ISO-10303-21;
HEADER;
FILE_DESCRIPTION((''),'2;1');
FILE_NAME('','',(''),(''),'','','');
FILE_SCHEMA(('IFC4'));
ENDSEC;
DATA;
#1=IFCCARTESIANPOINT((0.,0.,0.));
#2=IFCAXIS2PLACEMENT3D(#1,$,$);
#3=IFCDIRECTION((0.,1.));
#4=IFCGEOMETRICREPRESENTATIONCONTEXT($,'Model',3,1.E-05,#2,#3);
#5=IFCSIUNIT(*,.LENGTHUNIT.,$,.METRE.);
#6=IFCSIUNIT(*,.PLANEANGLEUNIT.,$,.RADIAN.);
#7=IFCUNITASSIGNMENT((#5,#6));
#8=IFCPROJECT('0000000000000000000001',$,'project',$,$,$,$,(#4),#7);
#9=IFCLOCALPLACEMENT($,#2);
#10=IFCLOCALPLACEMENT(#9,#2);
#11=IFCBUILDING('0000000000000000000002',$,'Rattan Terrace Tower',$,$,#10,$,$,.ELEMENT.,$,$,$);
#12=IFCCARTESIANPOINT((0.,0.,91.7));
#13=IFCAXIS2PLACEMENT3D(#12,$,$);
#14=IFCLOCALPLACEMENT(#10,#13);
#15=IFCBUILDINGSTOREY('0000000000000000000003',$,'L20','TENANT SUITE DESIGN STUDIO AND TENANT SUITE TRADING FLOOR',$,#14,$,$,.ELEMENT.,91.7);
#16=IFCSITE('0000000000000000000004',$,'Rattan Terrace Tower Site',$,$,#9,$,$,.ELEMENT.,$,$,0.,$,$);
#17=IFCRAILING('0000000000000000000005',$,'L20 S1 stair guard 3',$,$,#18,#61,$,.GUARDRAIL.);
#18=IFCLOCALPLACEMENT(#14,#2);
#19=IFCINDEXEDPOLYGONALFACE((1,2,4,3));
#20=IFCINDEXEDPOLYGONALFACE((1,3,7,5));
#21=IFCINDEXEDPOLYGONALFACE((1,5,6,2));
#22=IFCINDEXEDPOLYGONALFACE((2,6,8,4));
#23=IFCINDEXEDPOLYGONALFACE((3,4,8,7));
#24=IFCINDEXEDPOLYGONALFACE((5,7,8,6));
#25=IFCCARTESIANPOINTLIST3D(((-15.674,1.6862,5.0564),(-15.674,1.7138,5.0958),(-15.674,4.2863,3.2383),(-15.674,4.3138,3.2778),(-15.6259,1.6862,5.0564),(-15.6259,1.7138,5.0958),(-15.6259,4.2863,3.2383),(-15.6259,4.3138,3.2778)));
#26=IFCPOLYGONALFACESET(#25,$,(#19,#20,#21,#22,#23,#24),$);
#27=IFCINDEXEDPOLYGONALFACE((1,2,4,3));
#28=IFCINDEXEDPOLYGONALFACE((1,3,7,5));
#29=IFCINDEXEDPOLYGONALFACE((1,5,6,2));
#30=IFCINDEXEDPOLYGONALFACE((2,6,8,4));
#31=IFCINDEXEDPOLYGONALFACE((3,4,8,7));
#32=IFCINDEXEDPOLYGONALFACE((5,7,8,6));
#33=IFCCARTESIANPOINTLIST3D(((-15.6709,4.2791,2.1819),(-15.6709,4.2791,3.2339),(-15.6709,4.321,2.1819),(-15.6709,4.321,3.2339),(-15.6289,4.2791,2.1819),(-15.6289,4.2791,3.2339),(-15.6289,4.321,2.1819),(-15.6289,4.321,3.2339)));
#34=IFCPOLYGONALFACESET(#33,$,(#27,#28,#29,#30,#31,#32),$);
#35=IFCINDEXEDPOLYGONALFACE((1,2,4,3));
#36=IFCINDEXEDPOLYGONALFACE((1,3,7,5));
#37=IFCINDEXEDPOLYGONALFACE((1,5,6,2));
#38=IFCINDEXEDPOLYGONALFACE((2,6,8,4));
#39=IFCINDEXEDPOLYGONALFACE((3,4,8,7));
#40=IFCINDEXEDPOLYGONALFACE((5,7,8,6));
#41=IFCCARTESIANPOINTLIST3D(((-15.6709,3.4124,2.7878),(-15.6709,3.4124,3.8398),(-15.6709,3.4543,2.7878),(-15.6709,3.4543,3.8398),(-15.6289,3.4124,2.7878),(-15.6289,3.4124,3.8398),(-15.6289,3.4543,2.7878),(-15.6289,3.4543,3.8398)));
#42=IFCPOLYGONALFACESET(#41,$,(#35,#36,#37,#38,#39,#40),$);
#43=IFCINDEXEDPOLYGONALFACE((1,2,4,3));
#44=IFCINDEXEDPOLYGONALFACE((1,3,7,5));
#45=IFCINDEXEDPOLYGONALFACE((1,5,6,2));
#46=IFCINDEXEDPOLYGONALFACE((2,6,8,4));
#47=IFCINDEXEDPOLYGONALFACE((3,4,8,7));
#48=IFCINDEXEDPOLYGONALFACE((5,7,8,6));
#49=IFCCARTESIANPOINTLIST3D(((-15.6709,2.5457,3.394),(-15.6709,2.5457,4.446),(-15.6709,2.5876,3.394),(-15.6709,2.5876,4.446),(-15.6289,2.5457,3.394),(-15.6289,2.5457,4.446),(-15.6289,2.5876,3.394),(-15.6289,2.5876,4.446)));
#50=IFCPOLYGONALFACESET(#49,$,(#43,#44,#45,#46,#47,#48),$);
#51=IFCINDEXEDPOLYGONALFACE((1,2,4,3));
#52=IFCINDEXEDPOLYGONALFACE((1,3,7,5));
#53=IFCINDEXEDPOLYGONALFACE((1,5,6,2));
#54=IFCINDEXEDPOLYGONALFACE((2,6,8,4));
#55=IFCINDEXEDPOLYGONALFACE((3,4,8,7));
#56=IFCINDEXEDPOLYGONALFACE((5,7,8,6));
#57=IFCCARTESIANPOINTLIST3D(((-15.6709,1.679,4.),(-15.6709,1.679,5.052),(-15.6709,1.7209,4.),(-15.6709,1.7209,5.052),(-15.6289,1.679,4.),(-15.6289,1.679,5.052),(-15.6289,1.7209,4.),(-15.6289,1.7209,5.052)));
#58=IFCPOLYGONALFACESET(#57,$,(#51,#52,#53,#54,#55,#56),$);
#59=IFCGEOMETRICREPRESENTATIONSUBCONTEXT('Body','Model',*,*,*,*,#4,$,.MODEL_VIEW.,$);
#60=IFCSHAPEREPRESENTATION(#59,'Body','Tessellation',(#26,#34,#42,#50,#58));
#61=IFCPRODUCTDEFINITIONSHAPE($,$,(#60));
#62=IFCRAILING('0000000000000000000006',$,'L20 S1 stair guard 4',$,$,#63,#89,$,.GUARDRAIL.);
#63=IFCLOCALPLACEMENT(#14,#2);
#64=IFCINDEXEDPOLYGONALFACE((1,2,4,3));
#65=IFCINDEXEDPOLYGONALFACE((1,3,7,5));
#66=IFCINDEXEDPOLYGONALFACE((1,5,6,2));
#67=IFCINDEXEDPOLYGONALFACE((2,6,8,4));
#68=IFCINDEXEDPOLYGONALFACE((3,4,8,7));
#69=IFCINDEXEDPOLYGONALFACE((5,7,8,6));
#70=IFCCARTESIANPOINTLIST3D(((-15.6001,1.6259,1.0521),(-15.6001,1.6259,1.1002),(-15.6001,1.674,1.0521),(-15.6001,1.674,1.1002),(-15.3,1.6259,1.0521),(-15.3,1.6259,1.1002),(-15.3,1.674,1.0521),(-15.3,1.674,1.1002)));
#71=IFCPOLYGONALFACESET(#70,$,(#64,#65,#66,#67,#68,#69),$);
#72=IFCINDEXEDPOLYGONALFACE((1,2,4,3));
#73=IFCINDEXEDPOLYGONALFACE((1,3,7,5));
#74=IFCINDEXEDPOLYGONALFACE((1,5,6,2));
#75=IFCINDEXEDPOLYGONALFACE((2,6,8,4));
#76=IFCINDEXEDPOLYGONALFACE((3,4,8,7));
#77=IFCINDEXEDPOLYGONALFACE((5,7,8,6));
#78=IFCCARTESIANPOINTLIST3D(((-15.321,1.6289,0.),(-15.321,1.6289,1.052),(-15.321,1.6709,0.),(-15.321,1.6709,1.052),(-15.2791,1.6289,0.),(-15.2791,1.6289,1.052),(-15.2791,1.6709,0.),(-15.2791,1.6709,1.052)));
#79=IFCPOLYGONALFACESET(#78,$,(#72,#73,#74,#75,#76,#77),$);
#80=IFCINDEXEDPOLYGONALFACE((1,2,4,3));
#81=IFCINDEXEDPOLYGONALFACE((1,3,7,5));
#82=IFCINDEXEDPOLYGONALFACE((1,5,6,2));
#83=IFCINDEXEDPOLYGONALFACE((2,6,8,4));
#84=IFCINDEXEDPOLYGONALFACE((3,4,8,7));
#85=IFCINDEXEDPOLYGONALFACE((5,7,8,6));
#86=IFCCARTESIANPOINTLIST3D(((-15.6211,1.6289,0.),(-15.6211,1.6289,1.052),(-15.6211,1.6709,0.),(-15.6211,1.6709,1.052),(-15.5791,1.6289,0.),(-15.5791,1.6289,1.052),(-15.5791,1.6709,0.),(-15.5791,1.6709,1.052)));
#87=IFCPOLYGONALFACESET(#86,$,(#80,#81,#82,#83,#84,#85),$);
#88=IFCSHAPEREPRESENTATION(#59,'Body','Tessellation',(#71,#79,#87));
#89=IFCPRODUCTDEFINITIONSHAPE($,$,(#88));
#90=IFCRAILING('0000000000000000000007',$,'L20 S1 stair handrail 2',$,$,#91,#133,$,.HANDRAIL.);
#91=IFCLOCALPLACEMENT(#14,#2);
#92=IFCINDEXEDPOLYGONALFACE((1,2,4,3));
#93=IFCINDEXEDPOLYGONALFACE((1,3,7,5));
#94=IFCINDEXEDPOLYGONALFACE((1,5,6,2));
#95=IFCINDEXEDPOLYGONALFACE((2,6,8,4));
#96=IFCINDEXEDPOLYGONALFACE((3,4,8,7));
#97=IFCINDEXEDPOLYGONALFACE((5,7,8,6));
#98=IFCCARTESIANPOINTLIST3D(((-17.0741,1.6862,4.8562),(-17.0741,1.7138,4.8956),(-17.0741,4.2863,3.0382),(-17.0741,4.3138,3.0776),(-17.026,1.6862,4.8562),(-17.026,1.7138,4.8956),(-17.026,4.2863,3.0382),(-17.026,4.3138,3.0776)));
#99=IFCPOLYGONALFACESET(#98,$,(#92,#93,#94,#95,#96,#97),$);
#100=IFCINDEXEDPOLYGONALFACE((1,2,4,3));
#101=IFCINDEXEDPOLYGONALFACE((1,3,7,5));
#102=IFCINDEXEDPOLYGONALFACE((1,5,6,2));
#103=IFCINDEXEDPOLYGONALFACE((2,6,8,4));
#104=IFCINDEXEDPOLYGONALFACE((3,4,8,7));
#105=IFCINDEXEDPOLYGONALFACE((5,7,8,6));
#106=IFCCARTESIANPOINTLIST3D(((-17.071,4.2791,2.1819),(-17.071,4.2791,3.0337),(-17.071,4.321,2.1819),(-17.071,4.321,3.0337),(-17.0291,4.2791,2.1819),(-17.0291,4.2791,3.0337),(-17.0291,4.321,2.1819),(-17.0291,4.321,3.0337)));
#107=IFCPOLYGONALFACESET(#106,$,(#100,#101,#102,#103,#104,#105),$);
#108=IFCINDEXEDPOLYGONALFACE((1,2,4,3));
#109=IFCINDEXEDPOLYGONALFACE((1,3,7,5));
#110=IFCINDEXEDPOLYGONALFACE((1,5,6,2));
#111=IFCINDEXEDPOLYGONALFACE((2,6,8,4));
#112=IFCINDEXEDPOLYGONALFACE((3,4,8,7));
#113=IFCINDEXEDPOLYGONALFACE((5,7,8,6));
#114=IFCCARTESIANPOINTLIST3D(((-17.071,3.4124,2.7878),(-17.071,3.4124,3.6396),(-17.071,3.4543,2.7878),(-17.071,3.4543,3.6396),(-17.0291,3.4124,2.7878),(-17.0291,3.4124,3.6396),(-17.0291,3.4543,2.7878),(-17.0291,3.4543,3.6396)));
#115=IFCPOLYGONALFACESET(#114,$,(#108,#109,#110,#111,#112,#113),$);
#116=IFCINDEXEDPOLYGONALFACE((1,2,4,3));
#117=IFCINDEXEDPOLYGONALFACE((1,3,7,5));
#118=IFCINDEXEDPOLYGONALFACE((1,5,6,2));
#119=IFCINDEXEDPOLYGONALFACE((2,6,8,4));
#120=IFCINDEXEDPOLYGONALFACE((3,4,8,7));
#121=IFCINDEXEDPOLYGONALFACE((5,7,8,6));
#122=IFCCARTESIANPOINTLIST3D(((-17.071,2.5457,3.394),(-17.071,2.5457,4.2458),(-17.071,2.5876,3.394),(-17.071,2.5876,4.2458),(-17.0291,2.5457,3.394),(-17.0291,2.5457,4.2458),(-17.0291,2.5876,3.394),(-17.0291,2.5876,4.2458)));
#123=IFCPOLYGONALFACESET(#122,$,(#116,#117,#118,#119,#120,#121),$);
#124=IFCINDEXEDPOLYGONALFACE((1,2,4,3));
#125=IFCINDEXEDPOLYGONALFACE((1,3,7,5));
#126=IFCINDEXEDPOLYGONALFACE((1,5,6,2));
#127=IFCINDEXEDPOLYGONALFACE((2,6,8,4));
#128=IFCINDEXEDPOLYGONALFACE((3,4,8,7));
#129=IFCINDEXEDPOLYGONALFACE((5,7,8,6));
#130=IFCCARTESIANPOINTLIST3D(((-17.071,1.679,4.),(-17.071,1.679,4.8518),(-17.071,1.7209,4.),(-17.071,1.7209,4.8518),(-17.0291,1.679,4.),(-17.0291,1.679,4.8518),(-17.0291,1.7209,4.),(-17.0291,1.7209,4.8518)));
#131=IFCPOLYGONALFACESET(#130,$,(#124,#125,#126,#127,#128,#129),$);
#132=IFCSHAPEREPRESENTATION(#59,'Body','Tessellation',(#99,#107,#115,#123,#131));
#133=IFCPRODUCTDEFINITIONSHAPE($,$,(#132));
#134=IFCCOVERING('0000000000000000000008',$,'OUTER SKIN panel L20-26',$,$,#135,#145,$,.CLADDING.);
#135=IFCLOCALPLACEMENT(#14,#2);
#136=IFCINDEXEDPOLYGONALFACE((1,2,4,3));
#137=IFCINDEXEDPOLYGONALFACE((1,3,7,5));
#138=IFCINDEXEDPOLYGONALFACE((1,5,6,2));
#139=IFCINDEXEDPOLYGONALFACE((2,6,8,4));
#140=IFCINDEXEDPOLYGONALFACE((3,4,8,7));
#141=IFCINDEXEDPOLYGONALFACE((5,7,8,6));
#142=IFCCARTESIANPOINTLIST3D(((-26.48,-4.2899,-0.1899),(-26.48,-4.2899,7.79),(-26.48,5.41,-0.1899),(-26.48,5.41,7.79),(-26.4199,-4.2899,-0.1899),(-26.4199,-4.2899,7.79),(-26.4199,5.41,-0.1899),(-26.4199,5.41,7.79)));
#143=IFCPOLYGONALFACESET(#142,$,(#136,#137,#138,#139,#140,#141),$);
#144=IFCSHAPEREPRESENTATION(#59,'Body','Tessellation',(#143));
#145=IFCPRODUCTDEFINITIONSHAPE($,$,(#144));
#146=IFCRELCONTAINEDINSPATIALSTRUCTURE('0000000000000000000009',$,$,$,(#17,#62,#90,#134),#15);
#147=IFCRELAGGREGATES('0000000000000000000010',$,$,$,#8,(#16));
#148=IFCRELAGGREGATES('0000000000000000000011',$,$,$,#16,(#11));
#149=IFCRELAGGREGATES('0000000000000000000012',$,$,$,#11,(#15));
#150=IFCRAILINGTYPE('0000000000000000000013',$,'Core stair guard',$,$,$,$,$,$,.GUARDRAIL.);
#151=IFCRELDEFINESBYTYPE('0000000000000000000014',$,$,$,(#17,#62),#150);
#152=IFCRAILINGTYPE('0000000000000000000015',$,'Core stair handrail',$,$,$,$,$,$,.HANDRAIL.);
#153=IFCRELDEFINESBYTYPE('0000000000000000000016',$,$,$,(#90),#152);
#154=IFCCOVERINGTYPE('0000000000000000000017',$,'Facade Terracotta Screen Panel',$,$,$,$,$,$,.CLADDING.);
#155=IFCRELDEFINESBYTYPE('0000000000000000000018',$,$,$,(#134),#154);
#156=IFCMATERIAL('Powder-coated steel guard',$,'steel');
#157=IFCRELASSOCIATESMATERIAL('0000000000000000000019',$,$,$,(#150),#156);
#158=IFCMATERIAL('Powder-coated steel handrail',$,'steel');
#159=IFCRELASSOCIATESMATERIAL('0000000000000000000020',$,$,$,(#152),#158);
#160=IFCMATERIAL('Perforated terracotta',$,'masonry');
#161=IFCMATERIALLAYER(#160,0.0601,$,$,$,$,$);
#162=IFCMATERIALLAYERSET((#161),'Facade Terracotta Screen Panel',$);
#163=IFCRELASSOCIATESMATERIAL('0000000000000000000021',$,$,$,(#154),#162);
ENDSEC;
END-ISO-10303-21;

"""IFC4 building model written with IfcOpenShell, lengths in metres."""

from ifc_helpers import new_model, si_unit, direction, frame, origin, origin_2d, place, context, subcontext, project, spatial, rectangle, extrude, material, layer, layer_set, type_object, element, save


model = new_model("IFC4")

# Units and contexts
model_context = context("Model", 3, precision=1e-05, world=origin(), true_north=direction((0.0, 1.0)))
body_context = subcontext(model_context, "Body", "Model", "MODEL_VIEW")
ifc_project = project(units=[si_unit("LENGTHUNIT", "METRE"), si_unit("PLANEANGLEUNIT", "RADIAN")], contexts=[model_context])

# Site, building, storey
site_placement = place(None, origin())
site = spatial("IfcSite", under=ifc_project, at=site_placement, Name="Rattan Terrace Tower Site", CompositionType="ELEMENT", RefElevation=0.0)
building_placement = place(site_placement, origin())
building = spatial("IfcBuilding", under=site, at=building_placement, Name="Rattan Terrace Tower", CompositionType="ELEMENT")
storey_placement = place(building_placement, frame((0.0, 0.0, 91.7)))
storey = spatial("IfcBuildingStorey", under=building, at=storey_placement, Name="L20", Description="TENANT SUITE DESIGN STUDIO AND TENANT SUITE TRADING FLOOR", CompositionType="ELEMENT", Elevation=91.7)

# Railings
ifc_material_1 = material(Name="Powder-coated steel guard", Category="steel")
railing_type_1 = type_object("IfcRailingType", Name="Core stair guard", PredefinedType="GUARDRAIL", material=ifc_material_1)
railing_1_placement = place(storey_placement, frame((-15.6499, 4.3, 2.1819)))
element("IfcRailing", 1, at=railing_1_placement, inside=storey, type_object=railing_type_1, Name="L20 S1 stair guard 3", PredefinedType="GUARDRAIL", context=body_context, shape_type="SweptSolid", body=[
    extrude(rectangle(XDim=0.0481, YDim=0.0481, at=origin_2d()), frame((0.0, 0.0, 1.0762), z_axis=(0.0, -0.819521, 0.573049), x_axis=(1.0, 0.0, 0.0)), (0.0, 0.0, 1.0), 3.1726),
    extrude(rectangle(XDim=0.042, YDim=0.042, at=origin_2d()), origin(), (0.0, 0.0, 1.0), 1.052),
    extrude(rectangle(XDim=0.042, YDim=0.042, at=origin_2d()), frame((0.0, -0.8667, 0.606)), (0.0, 0.0, 1.0), 1.052),
    extrude(rectangle(XDim=0.042, YDim=0.042, at=origin_2d()), frame((0.0, -1.7334, 1.2122)), (0.0, 0.0, 1.0), 1.052),
    extrude(rectangle(XDim=0.042, YDim=0.042, at=origin_2d()), frame((0.0, -2.6001, 1.8181)), (0.0, 0.0, 1.0), 1.052),
])
railing_2_placement = place(storey_placement, frame((-15.3, 1.6499, 0.0)))
element("IfcRailing", 2, at=railing_2_placement, inside=storey, type_object=railing_type_1, Name="L20 S1 stair guard 4", PredefinedType="GUARDRAIL", context=body_context, shape_type="SweptSolid", body=[
    extrude(rectangle(XDim=0.0481, YDim=0.0481, at=origin_2d()), frame((0.0, 0.0, 1.0762), z_axis=(-1.0, 0.0, 0.0), x_axis=(0.0, -1.0, 0.0)), (0.0, 0.0, 1.0), 0.3),
    extrude(rectangle(XDim=0.042, YDim=0.042, at=origin_2d()), origin(), (0.0, 0.0, 1.0), 1.052),
    extrude(rectangle(XDim=0.042, YDim=0.042, at=origin_2d()), frame((-0.3, 0.0, 0.0)), (0.0, 0.0, 1.0), 1.052),
])
ifc_material_2 = material(Name="Powder-coated steel handrail", Category="steel")
railing_type_2 = type_object("IfcRailingType", Name="Core stair handrail", PredefinedType="HANDRAIL", material=ifc_material_2)
railing_3_placement = place(storey_placement, frame((-17.05, 4.3, 2.1819)))
element("IfcRailing", 3, at=railing_3_placement, inside=storey, type_object=railing_type_2, Name="L20 S1 stair handrail 2", PredefinedType="HANDRAIL", context=body_context, shape_type="SweptSolid", body=[
    extrude(rectangle(XDim=0.0481, YDim=0.0481, at=origin_2d()), frame((0.0, 0.0, 0.876), z_axis=(0.0, -0.819521, 0.573049), x_axis=(1.0, 0.0, 0.0)), (0.0, 0.0, 1.0), 3.1726),
    extrude(rectangle(XDim=0.042, YDim=0.042, at=origin_2d()), origin(), (0.0, 0.0, 1.0), 0.8518),
    extrude(rectangle(XDim=0.042, YDim=0.042, at=origin_2d()), frame((0.0, -0.8667, 0.606)), (0.0, 0.0, 1.0), 0.8518),
    extrude(rectangle(XDim=0.042, YDim=0.042, at=origin_2d()), frame((0.0, -1.7334, 1.2122)), (0.0, 0.0, 1.0), 0.8518),
    extrude(rectangle(XDim=0.042, YDim=0.042, at=origin_2d()), frame((0.0, -2.6001, 1.8181)), (0.0, 0.0, 1.0), 0.8518),
])

# Covering
ifc_material_3 = material(Name="Perforated terracotta", Category="masonry")
ifc_layer_1 = layer(ifc_material_3, 0.0601)
ifc_layer_set_1 = layer_set([ifc_layer_1], Name="Facade Terracotta Screen Panel")
covering_type = type_object("IfcCoveringType", Name="Facade Terracotta Screen Panel", PredefinedType="CLADDING", material=ifc_layer_set_1)
covering_placement = place(storey_placement, frame((-26.45, 0.5601, -0.1899), z_axis=(0.0, 0.0, 1.0), x_axis=(0.0, -1.0, 0.0)))
element("IfcCovering", 4, at=covering_placement, inside=storey, type_object=covering_type, Name="OUTER SKIN panel L20-26", PredefinedType="CLADDING", context=body_context, shape_type="SweptSolid", body=[
    extrude(rectangle(XDim=9.7, YDim=0.0601, at=origin_2d()), origin(), (0.0, 0.0, 1.0), 7.98),
])

save(model, "model.ifc")
